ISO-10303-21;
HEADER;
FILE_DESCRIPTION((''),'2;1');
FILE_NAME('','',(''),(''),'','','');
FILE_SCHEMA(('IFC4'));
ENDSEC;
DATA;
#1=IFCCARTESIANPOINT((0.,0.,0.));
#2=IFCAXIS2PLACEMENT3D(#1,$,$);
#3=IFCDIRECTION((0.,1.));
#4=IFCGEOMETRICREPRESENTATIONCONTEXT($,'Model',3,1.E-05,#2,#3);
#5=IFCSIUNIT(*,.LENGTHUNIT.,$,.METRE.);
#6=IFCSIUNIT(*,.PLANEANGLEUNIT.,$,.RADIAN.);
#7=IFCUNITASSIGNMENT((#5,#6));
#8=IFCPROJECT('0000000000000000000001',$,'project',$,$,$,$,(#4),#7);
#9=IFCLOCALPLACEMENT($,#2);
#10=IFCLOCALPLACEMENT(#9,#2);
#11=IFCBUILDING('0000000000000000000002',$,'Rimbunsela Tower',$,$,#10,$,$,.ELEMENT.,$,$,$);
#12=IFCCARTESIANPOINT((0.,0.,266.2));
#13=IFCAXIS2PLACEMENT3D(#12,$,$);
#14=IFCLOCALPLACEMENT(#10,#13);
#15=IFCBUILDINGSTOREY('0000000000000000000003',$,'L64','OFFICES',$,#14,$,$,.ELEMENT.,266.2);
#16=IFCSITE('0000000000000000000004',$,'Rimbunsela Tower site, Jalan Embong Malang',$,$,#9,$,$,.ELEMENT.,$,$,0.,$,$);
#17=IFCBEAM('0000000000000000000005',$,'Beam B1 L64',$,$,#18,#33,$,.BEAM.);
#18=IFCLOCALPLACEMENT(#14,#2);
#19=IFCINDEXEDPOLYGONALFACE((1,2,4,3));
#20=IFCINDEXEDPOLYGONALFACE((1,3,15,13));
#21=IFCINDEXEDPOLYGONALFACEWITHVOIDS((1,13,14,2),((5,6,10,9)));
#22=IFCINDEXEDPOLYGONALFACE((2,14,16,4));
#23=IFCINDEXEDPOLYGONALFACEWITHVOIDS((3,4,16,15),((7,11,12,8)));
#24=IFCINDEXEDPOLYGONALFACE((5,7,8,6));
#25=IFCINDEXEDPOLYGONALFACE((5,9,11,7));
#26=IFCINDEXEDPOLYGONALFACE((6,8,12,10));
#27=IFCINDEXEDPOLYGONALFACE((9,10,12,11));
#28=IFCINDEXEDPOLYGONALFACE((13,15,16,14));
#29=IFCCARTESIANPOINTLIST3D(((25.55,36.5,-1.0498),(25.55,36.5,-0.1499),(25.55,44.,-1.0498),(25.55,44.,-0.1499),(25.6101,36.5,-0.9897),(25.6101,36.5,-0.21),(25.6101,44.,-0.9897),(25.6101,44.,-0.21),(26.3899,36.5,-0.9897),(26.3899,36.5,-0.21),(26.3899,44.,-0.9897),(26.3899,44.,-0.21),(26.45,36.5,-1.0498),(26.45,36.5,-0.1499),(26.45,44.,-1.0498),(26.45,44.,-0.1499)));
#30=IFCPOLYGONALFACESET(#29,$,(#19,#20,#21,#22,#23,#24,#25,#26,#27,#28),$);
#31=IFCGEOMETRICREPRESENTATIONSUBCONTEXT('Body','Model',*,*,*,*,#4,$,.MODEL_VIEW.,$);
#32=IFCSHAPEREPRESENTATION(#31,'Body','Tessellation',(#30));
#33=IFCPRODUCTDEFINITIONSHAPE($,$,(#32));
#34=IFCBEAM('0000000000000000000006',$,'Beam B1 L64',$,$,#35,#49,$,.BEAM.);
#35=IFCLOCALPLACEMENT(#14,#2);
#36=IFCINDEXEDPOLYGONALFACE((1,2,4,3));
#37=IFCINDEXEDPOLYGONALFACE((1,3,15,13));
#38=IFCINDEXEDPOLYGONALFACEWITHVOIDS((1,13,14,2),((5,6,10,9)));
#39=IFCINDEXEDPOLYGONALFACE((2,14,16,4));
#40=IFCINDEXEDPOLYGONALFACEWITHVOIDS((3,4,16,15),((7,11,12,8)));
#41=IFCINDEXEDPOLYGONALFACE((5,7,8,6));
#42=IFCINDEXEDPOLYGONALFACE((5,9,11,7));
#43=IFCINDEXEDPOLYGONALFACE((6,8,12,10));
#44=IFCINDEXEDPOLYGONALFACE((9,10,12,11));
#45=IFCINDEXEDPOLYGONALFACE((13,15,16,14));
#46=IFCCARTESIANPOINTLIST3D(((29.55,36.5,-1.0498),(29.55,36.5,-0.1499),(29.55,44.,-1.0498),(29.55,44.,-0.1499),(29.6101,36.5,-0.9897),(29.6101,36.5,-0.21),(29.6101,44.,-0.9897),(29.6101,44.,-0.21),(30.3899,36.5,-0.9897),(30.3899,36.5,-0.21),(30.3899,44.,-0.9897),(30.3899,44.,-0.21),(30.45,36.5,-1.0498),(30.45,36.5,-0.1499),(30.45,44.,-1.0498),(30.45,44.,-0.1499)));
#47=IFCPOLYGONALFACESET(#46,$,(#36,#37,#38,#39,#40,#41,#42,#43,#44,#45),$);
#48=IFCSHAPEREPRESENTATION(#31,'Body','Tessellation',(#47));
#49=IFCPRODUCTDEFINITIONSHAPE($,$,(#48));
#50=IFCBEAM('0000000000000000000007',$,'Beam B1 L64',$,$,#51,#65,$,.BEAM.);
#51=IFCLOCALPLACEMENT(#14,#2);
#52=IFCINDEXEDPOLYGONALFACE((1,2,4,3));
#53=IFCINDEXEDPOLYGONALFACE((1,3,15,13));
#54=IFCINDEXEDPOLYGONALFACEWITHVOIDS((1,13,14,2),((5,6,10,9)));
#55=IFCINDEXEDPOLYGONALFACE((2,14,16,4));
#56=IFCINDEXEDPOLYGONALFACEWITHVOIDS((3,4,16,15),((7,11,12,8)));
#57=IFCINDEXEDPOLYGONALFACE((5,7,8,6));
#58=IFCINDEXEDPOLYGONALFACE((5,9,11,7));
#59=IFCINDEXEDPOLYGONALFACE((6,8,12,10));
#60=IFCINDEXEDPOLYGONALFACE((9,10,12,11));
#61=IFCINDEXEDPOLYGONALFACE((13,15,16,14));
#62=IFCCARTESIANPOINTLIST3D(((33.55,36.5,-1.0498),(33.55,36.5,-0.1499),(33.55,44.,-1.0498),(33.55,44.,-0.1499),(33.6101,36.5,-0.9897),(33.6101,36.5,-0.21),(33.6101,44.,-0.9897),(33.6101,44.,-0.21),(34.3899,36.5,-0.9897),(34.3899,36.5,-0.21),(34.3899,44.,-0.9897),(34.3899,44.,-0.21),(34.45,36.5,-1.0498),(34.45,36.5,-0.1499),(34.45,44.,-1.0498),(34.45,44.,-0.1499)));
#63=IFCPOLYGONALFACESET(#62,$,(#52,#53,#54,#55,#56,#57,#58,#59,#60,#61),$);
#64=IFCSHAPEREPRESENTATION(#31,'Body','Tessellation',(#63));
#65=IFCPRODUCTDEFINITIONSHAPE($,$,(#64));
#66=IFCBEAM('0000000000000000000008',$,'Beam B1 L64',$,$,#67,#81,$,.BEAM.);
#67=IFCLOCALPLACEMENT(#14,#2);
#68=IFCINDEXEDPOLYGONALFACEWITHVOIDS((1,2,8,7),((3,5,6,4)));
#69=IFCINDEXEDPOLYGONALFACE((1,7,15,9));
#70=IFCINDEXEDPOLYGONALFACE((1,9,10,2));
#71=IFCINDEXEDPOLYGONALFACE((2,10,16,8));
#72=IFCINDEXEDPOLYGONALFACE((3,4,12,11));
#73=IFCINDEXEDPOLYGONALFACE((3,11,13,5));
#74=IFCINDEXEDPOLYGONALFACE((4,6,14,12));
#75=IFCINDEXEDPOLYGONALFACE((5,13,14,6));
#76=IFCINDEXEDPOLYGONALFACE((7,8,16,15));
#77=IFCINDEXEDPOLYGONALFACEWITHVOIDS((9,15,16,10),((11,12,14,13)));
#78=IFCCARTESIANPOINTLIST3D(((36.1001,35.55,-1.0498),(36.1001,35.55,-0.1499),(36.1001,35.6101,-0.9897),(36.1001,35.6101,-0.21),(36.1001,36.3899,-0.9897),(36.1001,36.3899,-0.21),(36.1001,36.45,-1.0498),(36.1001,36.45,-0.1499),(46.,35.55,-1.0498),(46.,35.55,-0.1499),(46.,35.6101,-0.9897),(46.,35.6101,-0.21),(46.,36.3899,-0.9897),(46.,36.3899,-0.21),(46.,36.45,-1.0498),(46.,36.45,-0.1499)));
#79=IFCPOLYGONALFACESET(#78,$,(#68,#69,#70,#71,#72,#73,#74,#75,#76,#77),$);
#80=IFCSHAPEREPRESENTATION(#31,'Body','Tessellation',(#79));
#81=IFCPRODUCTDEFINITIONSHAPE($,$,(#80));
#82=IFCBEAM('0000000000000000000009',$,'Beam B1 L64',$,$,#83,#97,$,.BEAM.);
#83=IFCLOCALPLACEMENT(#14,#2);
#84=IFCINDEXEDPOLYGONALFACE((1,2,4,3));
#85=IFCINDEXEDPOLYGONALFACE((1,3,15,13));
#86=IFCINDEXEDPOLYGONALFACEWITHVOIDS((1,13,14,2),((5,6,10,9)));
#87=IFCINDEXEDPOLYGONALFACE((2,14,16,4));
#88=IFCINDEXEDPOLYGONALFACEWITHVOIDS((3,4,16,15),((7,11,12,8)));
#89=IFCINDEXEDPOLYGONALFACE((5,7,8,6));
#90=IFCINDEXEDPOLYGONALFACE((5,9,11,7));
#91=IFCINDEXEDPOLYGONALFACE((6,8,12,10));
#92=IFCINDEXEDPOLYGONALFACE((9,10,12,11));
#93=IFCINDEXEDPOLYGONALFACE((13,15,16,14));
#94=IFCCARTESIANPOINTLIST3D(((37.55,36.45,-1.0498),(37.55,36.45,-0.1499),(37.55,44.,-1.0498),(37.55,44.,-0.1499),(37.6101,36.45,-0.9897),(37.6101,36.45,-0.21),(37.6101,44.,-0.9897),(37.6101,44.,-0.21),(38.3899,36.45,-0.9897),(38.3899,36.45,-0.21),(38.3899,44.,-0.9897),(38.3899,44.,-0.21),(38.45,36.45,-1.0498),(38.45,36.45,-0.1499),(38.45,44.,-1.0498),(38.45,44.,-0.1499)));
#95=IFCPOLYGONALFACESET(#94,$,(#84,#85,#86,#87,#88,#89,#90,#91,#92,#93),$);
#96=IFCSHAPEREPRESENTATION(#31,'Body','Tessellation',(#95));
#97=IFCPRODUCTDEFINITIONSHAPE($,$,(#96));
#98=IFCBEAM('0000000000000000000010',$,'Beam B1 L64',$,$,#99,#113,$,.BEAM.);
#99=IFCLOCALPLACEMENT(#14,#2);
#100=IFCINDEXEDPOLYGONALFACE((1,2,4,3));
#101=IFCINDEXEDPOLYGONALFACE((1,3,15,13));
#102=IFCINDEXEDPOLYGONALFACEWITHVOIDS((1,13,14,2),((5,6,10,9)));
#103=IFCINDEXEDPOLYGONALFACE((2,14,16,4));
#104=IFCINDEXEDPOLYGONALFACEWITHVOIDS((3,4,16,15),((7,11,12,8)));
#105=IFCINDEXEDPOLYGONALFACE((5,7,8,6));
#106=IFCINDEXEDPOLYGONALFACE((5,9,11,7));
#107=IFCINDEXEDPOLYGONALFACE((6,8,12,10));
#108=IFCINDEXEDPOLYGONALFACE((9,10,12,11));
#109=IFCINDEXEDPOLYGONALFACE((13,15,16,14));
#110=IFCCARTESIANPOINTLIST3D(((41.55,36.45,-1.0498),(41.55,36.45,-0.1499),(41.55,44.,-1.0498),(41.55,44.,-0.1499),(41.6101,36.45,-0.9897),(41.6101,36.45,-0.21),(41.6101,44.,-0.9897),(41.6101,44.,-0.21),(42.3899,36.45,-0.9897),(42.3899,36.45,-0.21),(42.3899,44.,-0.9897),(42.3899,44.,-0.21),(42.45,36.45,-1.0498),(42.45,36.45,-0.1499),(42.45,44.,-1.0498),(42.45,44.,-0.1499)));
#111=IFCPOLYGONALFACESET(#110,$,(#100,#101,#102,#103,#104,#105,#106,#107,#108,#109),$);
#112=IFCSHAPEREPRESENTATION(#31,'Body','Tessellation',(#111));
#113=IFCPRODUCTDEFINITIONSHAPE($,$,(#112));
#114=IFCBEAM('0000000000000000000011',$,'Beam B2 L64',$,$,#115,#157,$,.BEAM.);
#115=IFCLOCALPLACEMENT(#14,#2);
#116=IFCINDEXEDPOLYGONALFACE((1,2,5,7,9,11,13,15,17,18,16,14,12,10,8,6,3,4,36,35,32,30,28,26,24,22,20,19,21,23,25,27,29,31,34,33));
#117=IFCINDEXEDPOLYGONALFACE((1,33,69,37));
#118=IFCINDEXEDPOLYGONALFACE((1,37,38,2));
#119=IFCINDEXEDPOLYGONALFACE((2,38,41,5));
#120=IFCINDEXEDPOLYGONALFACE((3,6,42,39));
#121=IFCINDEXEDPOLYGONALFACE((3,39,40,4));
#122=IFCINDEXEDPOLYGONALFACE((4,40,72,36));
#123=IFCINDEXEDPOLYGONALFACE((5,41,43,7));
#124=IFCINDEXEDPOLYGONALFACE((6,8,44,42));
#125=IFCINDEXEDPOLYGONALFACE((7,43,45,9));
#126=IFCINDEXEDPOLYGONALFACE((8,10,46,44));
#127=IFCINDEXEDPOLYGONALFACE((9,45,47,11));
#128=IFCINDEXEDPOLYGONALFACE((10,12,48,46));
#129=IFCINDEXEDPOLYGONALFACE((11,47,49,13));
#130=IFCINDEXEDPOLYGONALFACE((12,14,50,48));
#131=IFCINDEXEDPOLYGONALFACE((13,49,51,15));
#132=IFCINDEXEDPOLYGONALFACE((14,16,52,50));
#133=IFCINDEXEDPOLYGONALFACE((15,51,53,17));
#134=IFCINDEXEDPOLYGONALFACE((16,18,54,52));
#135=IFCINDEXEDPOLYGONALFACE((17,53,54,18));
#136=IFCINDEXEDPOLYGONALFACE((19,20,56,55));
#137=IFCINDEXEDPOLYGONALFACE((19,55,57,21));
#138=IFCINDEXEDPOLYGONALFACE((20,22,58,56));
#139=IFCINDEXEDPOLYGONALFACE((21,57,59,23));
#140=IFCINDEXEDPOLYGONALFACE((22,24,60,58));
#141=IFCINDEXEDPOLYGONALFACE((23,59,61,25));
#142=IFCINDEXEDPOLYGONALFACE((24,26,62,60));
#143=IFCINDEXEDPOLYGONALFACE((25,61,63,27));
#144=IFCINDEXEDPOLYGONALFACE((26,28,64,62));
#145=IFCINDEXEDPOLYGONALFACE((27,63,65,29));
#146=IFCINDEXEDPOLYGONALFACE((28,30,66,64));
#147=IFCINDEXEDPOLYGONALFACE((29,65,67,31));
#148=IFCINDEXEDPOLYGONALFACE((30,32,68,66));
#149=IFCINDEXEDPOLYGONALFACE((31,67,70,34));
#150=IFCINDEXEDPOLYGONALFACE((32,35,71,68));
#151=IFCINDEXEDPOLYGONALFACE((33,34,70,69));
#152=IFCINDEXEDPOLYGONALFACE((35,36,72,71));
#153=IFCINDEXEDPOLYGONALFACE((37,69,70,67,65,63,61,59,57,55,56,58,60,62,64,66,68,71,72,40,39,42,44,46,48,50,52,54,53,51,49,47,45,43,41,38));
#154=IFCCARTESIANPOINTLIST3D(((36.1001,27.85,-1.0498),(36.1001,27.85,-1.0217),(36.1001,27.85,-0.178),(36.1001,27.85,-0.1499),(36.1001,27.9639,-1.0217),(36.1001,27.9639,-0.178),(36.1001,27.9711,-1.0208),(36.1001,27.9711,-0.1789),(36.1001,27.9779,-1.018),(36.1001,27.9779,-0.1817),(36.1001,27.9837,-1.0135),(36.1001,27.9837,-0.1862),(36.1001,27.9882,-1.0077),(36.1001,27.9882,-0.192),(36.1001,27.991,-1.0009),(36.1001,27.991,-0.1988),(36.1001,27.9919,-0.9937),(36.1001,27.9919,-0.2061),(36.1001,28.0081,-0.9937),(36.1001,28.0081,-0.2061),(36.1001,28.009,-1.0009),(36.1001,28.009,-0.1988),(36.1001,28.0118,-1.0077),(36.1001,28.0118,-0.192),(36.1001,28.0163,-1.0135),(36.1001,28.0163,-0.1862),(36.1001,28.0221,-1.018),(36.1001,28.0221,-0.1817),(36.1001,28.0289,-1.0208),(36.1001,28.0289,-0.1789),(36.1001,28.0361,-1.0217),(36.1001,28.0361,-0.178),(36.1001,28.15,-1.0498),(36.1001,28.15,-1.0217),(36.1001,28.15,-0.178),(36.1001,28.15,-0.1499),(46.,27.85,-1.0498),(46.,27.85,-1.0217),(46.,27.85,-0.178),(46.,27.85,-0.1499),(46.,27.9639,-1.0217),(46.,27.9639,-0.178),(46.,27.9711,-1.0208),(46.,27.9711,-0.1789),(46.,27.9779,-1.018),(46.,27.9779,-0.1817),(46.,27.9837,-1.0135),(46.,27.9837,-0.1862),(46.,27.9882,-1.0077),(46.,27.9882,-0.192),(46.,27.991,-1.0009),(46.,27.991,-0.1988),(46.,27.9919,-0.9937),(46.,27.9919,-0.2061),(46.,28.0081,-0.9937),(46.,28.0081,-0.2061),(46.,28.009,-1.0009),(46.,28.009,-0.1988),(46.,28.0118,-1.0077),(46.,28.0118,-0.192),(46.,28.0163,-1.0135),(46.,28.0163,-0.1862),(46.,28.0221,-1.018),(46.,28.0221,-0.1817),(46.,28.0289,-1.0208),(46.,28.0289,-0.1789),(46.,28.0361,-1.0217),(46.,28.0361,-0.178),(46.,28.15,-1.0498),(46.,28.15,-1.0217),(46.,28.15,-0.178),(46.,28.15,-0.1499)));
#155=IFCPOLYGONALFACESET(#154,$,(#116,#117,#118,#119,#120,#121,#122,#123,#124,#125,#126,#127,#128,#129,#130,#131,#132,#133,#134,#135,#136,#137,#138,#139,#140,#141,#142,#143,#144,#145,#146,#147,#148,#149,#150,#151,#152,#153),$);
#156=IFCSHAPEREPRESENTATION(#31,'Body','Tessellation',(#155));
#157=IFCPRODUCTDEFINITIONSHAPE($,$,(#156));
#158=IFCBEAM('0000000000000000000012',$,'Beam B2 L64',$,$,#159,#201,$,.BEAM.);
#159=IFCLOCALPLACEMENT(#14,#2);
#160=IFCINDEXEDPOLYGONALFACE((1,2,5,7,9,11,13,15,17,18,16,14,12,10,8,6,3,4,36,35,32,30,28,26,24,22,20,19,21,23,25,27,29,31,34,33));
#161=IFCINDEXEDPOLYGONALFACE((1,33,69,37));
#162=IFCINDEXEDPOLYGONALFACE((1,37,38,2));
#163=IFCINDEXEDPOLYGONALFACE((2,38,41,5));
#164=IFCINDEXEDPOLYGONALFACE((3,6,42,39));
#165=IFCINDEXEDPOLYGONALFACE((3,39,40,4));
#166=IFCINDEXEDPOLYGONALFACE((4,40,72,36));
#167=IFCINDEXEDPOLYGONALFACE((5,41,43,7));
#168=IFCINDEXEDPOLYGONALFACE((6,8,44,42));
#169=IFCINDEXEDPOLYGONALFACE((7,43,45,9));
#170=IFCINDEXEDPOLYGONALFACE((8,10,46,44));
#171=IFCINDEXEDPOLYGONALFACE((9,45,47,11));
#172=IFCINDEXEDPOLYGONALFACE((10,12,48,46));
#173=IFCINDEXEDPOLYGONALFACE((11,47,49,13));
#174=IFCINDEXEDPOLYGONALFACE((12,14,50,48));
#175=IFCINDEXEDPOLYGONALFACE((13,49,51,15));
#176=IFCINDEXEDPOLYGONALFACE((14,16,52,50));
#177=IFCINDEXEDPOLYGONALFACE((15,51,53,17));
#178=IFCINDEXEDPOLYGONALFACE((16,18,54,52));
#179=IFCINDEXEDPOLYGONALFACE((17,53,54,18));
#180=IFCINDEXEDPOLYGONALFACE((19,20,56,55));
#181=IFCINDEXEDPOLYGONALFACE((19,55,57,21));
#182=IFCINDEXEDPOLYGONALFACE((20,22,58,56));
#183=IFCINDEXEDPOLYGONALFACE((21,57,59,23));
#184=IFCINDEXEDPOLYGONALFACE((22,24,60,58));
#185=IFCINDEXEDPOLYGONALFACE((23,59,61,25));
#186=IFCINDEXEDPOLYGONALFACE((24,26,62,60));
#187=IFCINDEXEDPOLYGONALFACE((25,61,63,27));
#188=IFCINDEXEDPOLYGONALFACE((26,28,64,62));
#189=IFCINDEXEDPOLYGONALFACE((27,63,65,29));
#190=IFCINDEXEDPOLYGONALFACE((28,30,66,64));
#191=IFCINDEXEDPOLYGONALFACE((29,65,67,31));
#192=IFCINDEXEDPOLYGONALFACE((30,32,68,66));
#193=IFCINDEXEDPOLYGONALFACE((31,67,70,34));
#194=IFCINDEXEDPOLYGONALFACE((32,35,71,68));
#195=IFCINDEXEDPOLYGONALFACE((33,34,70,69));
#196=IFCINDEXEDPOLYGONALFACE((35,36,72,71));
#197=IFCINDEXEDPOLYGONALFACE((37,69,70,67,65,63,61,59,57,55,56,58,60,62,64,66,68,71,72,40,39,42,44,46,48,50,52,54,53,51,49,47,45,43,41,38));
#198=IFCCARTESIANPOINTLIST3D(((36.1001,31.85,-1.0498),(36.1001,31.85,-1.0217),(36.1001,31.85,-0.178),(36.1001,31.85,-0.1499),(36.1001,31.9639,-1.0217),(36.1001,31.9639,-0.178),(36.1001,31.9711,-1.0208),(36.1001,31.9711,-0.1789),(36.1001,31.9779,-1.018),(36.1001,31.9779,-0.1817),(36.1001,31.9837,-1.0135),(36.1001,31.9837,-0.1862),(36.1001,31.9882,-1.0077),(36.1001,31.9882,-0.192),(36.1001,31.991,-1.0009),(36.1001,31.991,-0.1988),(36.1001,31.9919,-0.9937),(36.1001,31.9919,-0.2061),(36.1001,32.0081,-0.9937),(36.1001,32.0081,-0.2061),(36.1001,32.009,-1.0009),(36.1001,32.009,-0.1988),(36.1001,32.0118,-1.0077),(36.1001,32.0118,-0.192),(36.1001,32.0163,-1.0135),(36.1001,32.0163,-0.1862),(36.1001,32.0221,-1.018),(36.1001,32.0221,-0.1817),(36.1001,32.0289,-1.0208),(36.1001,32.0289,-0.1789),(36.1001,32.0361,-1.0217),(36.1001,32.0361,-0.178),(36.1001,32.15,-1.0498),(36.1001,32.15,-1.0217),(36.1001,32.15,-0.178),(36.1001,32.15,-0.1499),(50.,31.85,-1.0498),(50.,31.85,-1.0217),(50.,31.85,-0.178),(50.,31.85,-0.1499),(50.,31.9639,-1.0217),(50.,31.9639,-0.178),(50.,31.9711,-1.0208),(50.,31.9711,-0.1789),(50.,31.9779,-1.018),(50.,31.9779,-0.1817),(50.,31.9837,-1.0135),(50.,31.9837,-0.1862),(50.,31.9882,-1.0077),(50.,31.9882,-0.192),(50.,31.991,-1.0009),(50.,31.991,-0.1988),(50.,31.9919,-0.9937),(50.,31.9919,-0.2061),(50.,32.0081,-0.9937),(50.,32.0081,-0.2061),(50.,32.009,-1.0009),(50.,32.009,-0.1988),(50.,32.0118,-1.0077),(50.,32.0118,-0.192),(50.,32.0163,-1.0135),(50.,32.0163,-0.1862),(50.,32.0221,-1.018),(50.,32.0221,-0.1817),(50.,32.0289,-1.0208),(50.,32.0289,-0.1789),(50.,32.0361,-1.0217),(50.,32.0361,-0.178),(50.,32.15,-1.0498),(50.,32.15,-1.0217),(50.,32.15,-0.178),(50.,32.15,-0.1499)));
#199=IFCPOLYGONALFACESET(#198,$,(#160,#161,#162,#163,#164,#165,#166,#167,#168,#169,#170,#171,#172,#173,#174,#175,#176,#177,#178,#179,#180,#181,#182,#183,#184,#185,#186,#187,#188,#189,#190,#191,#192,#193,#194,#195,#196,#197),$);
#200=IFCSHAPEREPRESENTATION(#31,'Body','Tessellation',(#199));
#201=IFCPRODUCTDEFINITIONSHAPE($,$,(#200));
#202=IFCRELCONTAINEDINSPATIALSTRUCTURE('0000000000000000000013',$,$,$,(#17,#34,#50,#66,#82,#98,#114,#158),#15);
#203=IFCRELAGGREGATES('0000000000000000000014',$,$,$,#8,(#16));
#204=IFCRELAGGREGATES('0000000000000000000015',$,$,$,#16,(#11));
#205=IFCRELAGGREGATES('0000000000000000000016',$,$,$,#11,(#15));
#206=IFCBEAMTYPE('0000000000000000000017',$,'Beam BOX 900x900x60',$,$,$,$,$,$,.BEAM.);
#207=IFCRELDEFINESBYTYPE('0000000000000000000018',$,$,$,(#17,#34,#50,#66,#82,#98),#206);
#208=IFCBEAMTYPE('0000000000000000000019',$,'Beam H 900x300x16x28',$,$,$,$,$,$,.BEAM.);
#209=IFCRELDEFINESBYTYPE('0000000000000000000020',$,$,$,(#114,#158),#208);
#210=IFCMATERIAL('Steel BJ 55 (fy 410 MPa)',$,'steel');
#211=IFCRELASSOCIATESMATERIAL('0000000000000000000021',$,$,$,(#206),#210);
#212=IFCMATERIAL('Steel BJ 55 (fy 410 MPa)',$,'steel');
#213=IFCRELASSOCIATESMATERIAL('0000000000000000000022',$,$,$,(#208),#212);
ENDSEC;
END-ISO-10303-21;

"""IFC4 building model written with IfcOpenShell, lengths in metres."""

from ifc_helpers import new_model, si_unit, direction, frame, origin, origin_2d, place, context, subcontext, project, spatial, hollow_rectangle, i_section, extrude, material, material_profile, profile_set, type_object, element, save


model = new_model("IFC4")

# Units and contexts
model_context = context("Model", 3, precision=1e-05, world=origin(), true_north=direction((0.0, 1.0)))
body_context = subcontext(model_context, "Body", "Model", "MODEL_VIEW")
ifc_project = project(units=[si_unit("LENGTHUNIT", "METRE"), si_unit("PLANEANGLEUNIT", "RADIAN")], contexts=[model_context])

# Site, building, storey
site_placement = place(None, origin())
site = spatial("IfcSite", under=ifc_project, at=site_placement, Name="Rimbunsela Tower site, Jalan Embong Malang", CompositionType="ELEMENT", RefElevation=0.0)
building_placement = place(site_placement, origin())
building = spatial("IfcBuilding", under=site, at=building_placement, Name="Rimbunsela Tower", CompositionType="ELEMENT")
storey_placement = place(building_placement, frame((0.0, 0.0, 266.2)))
storey = spatial("IfcBuildingStorey", under=building, at=storey_placement, Name="L64", Description="OFFICES", CompositionType="ELEMENT", Elevation=266.2)

# Beams
ifc_material_1 = material(Name="Steel BJ 55 (fy 410 MPa)", Category="steel")
ifc_material_profile_1 = material_profile(ifc_material_1, hollow_rectangle(XDim=0.8999, YDim=0.8999, WallThickness=0.0601, at=origin_2d()), Name="BOX 900x900x60")
ifc_profile_set_1 = profile_set([ifc_material_profile_1], Name="Steel BJ 55 (fy 410 MPa)")
beam_type_1 = type_object("IfcBeamType", Name="Beam BOX 900x900x60", PredefinedType="BEAM", material=ifc_profile_set_1)
for number, where, z_axis, x_axis, name in (
    (1, (26.0, 36.5, -0.5999), (0.0, 1.0, 0.0), (-1.0, 0.0, 0.0), "Beam B1 L64"),
    (2, (30.0, 36.5, -0.5999), (0.0, 1.0, 0.0), (-1.0, 0.0, 0.0), "Beam B1 L64"),
    (3, (34.0, 36.5, -0.5999), (0.0, 1.0, 0.0), (-1.0, 0.0, 0.0), "Beam B1 L64"),
):
    element("IfcBeam", number, at=place(storey_placement, frame(where, z_axis=z_axis, x_axis=x_axis)), inside=storey, type_object=beam_type_1, Name=name, PredefinedType="BEAM", context=body_context, shape_type="SweptSolid", body=[
        extrude(hollow_rectangle(XDim=0.8999, YDim=0.8999, WallThickness=0.0601, at=origin_2d()), origin(), (0.0, 0.0, 1.0), 7.5),
    ])
beam_1_placement = place(storey_placement, frame((36.1001, 36.0, -0.5999), z_axis=(1.0, 0.0, 0.0), x_axis=(0.0, 1.0, 0.0)))
element("IfcBeam", 4, at=beam_1_placement, inside=storey, type_object=beam_type_1, Name="Beam B1 L64", PredefinedType="BEAM", context=body_context, shape_type="SweptSolid", body=[
    extrude(hollow_rectangle(XDim=0.8999, YDim=0.8999, WallThickness=0.0601, at=origin_2d()), origin(), (0.0, 0.0, 1.0), 9.8999),
])
for number, where, z_axis, x_axis, name in (
    (5, (38.0, 36.45, -0.5999), (0.0, 1.0, 0.0), (-1.0, 0.0, 0.0), "Beam B1 L64"),
    (6, (42.0, 36.45, -0.5999), (0.0, 1.0, 0.0), (-1.0, 0.0, 0.0), "Beam B1 L64"),
):
    element("IfcBeam", number, at=place(storey_placement, frame(where, z_axis=z_axis, x_axis=x_axis)), inside=storey, type_object=beam_type_1, Name=name, PredefinedType="BEAM", context=body_context, shape_type="SweptSolid", body=[
        extrude(hollow_rectangle(XDim=0.8999, YDim=0.8999, WallThickness=0.0601, at=origin_2d()), origin(), (0.0, 0.0, 1.0), 7.55),
    ])
ifc_material_2 = material(Name="Steel BJ 55 (fy 410 MPa)", Category="steel")
ifc_material_profile_2 = material_profile(ifc_material_2, i_section(OverallWidth=0.3, OverallDepth=0.8999, WebThickness=0.0161, FlangeThickness=0.0281, FilletRadius=0.0281, at=origin_2d()), Name="H 900x300x16x28")
ifc_profile_set_2 = profile_set([ifc_material_profile_2], Name="Steel BJ 55 (fy 410 MPa)")
beam_type_2 = type_object("IfcBeamType", Name="Beam H 900x300x16x28", PredefinedType="BEAM", material=ifc_profile_set_2)
beam_2_placement = place(storey_placement, frame((36.1001, 28.0, -0.5999), z_axis=(1.0, 0.0, 0.0), x_axis=(0.0, 1.0, 0.0)))
element("IfcBeam", 7, at=beam_2_placement, inside=storey, type_object=beam_type_2, Name="Beam B2 L64", PredefinedType="BEAM", context=body_context, shape_type="SweptSolid", body=[
    extrude(i_section(OverallWidth=0.3, OverallDepth=0.8999, WebThickness=0.0161, FlangeThickness=0.0281, FilletRadius=0.0281, at=origin_2d()), origin(), (0.0, 0.0, 1.0), 9.8999),
])
beam_3_placement = place(storey_placement, frame((36.1001, 32.0, -0.5999), z_axis=(1.0, 0.0, 0.0), x_axis=(0.0, 1.0, 0.0)))
element("IfcBeam", 8, at=beam_3_placement, inside=storey, type_object=beam_type_2, Name="Beam B2 L64", PredefinedType="BEAM", context=body_context, shape_type="SweptSolid", body=[
    extrude(i_section(OverallWidth=0.3, OverallDepth=0.8999, WebThickness=0.0161, FlangeThickness=0.0281, FilletRadius=0.0281, at=origin_2d()), origin(), (0.0, 0.0, 1.0), 13.8999),
])

save(model, "model.ifc")
